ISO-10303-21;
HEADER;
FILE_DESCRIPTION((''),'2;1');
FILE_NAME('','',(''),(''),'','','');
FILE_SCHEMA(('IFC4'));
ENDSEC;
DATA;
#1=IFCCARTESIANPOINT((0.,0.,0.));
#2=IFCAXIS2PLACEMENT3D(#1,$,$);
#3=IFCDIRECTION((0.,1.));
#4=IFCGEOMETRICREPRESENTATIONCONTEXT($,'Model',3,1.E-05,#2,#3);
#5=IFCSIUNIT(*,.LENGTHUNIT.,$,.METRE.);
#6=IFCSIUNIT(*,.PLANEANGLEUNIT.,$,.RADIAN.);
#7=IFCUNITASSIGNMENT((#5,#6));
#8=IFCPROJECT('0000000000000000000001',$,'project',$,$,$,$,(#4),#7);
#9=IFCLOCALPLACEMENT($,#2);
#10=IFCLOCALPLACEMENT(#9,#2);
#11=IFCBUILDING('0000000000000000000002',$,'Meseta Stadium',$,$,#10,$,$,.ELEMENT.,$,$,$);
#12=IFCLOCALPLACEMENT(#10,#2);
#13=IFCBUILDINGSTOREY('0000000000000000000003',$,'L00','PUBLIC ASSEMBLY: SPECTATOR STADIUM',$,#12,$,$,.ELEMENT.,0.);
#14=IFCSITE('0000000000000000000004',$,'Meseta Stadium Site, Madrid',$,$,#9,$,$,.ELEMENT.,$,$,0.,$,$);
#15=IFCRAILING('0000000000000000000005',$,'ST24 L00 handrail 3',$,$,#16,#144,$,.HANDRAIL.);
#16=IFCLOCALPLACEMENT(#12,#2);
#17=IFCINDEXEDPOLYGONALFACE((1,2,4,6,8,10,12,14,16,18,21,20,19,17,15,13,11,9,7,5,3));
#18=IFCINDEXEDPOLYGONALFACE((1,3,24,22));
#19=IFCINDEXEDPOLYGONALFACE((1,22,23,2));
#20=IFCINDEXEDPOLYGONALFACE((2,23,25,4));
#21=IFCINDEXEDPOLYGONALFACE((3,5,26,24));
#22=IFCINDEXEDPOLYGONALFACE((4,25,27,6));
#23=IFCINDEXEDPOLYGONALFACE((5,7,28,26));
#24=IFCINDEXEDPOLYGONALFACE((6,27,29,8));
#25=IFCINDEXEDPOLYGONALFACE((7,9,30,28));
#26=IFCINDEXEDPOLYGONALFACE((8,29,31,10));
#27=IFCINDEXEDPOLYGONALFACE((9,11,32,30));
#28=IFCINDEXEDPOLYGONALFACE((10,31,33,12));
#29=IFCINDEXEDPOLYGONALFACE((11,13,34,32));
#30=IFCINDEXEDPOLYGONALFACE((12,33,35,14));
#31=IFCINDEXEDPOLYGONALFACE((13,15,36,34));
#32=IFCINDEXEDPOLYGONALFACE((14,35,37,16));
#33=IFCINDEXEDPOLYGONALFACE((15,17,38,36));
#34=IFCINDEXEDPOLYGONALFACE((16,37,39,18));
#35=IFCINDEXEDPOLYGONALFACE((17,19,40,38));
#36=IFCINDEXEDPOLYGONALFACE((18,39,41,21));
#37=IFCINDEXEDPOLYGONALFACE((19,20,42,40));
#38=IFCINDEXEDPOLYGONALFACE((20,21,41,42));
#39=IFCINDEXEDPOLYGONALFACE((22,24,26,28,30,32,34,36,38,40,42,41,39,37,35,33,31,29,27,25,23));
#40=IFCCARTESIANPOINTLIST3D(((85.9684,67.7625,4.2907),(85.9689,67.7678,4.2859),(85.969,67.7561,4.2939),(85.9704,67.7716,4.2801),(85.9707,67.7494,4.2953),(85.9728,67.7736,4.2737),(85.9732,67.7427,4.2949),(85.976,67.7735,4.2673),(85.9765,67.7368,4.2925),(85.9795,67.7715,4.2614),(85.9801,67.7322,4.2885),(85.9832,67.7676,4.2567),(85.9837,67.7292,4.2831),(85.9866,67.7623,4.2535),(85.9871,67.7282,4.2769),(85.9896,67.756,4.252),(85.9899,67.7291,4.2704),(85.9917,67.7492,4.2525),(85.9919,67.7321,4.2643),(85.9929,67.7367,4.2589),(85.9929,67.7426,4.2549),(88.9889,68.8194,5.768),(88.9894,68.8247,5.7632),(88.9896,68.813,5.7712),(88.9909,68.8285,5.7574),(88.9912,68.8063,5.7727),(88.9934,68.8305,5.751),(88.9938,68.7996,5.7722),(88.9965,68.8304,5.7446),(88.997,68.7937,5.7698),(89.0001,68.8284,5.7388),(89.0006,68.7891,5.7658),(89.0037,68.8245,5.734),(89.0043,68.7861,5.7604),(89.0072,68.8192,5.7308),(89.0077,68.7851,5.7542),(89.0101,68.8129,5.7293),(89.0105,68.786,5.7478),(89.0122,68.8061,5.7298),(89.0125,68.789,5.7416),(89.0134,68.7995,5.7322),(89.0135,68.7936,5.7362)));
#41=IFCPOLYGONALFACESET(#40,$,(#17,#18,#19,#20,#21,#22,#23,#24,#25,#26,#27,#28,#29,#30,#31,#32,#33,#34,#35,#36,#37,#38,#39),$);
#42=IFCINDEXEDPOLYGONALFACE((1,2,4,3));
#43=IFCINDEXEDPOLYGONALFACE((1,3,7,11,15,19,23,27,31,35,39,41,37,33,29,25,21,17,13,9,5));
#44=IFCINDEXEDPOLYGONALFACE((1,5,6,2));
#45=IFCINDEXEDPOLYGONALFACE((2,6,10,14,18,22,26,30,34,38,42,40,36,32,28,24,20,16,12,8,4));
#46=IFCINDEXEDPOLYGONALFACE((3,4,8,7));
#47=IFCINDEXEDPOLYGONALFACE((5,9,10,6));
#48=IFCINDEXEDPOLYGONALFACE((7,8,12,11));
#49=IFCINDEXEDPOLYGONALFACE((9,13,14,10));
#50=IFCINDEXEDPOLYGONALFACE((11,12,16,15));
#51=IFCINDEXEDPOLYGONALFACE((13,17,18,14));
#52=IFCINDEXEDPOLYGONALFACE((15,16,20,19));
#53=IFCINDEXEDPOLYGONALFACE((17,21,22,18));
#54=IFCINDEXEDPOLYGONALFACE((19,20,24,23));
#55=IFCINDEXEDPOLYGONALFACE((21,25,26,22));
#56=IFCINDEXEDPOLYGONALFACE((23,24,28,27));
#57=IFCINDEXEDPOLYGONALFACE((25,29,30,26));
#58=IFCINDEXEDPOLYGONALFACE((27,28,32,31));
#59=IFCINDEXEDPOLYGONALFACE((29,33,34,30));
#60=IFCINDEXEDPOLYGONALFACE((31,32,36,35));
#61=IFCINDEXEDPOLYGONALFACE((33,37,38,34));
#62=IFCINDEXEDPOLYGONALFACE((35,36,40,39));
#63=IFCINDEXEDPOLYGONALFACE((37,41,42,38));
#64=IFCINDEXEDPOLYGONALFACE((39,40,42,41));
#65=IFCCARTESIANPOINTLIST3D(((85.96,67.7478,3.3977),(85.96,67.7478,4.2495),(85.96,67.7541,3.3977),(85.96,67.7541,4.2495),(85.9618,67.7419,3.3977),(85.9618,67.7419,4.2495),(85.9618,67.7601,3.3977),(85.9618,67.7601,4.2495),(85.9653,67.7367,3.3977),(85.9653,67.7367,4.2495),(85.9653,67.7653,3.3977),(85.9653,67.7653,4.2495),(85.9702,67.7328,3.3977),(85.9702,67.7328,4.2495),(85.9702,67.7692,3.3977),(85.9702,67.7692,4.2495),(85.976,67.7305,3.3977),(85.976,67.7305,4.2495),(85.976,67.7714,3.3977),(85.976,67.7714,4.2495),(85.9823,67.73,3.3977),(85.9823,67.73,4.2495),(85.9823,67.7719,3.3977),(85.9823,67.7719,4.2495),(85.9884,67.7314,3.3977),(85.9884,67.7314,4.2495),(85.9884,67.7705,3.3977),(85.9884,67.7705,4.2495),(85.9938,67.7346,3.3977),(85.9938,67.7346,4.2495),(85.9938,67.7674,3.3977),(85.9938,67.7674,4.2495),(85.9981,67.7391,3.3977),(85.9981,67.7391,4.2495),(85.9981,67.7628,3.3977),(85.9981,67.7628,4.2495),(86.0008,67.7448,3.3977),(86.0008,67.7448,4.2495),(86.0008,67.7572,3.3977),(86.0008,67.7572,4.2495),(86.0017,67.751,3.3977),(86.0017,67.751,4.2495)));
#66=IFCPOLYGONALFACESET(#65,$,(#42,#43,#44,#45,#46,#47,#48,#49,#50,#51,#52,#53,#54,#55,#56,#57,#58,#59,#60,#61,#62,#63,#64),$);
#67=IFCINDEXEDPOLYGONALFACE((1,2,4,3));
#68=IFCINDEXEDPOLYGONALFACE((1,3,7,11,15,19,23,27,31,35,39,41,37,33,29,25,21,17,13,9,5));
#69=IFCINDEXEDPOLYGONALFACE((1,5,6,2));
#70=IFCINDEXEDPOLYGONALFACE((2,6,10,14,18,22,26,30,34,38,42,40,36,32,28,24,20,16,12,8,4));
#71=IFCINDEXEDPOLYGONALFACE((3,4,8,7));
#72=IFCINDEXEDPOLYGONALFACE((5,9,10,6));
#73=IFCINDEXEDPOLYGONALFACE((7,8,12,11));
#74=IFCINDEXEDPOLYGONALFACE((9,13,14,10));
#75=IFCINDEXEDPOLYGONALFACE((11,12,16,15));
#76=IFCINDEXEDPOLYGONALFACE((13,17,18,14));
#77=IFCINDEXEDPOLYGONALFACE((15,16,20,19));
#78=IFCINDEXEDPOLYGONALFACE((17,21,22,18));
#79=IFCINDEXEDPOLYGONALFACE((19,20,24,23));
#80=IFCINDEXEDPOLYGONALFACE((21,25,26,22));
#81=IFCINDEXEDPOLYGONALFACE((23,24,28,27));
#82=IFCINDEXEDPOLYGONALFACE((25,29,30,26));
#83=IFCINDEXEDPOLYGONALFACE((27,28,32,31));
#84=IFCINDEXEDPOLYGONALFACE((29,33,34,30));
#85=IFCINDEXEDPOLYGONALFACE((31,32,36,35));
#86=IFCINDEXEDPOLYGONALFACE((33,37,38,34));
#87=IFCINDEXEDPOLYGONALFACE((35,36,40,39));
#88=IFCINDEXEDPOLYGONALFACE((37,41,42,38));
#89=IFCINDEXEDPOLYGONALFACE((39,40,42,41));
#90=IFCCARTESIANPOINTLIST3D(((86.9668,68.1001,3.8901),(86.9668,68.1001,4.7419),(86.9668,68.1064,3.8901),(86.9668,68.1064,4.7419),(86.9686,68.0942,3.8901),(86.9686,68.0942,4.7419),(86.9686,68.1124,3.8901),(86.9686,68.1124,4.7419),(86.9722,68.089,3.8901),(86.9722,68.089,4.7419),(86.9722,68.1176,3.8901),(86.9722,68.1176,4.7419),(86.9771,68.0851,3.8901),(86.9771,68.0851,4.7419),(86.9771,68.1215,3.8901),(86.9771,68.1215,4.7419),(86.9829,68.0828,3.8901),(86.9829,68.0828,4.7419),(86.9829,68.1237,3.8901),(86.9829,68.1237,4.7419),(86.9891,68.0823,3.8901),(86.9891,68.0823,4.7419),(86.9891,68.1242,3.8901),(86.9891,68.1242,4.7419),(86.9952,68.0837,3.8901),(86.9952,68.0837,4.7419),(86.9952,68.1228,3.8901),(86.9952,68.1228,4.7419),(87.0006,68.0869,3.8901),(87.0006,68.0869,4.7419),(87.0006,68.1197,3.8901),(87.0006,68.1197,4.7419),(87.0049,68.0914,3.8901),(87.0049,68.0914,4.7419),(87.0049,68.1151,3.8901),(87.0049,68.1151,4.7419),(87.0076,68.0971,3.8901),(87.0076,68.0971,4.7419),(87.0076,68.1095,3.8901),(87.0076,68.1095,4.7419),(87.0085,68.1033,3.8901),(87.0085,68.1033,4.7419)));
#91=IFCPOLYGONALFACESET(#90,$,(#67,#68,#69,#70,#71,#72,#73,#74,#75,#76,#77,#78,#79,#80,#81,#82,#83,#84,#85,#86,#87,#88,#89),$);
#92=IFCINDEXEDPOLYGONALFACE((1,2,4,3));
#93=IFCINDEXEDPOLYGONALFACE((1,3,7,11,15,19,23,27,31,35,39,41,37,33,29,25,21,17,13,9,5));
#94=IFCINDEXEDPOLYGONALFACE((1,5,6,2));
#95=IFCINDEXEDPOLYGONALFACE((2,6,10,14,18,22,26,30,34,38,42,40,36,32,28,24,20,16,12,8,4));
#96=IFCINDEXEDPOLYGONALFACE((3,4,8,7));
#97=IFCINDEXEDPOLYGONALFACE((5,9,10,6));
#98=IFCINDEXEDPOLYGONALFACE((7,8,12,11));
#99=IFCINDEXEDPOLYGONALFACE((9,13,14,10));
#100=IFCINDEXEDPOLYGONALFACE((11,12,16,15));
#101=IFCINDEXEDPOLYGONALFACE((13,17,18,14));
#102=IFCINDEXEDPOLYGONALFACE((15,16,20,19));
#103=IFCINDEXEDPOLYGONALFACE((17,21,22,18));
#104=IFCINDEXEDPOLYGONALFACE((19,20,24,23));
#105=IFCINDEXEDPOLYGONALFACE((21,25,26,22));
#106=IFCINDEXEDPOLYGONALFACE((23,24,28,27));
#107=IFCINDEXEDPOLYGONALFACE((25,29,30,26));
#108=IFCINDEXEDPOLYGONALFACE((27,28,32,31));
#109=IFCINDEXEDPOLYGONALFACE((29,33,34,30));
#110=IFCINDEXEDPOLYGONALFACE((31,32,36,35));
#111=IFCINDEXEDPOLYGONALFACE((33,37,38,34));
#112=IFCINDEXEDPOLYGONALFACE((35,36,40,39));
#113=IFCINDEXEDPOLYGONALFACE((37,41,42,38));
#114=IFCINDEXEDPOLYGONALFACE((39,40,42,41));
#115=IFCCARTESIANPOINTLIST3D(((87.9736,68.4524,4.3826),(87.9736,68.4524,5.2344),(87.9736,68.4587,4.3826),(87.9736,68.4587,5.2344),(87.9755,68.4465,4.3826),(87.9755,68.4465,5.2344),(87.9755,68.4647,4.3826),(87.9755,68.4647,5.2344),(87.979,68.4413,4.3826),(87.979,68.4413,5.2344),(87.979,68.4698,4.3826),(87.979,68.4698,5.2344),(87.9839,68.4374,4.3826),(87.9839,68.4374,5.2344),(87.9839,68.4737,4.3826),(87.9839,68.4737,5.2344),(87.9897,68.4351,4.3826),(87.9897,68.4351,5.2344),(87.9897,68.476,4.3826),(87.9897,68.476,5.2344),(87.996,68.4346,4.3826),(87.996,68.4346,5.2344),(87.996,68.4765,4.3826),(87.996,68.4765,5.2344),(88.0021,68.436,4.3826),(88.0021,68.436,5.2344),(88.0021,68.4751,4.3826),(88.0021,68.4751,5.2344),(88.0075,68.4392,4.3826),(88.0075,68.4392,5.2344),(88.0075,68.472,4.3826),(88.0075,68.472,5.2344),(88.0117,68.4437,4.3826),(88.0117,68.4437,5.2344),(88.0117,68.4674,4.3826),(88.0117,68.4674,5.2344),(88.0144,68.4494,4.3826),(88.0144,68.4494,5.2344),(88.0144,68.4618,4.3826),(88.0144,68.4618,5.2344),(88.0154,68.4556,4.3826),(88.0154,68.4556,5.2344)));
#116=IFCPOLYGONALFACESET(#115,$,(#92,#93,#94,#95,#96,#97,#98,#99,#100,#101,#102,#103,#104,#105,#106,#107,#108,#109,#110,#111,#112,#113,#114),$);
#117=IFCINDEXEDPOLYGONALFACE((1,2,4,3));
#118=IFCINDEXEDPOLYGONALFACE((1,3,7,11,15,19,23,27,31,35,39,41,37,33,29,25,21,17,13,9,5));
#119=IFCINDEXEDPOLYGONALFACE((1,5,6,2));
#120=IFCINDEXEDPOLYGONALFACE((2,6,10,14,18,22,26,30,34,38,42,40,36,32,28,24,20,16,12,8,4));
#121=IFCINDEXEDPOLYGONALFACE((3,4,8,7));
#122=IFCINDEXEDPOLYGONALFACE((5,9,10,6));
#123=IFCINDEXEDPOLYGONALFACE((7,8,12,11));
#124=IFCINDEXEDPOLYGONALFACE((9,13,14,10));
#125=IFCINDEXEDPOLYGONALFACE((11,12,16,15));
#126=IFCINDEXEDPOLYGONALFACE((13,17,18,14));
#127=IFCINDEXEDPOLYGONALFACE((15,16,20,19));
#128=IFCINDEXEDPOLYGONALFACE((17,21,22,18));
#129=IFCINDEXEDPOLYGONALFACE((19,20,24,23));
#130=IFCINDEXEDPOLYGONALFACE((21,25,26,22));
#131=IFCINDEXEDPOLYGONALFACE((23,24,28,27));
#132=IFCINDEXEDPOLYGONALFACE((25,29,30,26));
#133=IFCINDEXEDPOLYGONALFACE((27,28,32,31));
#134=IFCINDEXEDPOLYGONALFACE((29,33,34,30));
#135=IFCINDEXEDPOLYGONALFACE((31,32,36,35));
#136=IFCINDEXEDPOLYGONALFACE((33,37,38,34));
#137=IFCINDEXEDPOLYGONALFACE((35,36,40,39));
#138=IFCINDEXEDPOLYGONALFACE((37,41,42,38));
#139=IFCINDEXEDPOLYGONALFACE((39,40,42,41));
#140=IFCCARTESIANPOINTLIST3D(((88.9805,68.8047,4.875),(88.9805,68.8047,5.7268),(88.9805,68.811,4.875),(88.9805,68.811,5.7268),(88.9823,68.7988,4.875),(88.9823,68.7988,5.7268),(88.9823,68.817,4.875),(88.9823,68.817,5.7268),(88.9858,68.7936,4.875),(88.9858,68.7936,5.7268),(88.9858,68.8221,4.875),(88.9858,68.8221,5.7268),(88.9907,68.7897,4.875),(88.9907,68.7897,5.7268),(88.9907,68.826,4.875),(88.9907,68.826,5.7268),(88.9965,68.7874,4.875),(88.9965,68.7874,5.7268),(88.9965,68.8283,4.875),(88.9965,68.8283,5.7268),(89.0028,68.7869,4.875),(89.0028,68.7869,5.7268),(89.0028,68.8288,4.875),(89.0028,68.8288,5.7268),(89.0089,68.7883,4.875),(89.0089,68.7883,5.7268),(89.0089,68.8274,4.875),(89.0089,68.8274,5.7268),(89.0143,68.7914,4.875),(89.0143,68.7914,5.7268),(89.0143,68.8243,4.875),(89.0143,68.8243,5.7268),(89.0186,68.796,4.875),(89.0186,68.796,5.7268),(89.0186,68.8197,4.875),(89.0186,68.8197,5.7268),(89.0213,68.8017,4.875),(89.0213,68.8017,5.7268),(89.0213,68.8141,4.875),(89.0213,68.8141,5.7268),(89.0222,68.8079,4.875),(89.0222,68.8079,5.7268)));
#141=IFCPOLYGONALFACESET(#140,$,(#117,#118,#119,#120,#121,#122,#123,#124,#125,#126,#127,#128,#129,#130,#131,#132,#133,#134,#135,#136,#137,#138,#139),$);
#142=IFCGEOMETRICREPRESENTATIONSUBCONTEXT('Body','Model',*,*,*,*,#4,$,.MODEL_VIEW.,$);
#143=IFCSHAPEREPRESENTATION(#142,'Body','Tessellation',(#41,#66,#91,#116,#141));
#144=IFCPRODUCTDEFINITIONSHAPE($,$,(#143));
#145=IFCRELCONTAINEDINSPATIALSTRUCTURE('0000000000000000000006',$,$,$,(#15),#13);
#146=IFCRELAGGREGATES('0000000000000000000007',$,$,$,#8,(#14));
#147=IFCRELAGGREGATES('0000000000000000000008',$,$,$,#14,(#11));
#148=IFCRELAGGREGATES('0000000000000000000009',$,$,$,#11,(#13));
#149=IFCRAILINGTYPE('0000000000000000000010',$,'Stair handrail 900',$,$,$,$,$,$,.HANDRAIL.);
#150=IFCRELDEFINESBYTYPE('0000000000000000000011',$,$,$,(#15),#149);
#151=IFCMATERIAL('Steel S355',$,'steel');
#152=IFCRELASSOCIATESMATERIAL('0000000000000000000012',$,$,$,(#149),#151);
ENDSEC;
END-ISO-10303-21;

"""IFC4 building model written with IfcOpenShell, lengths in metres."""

from ifc_helpers import new_model, si_unit, direction, frame, origin, origin_2d, place, context, subcontext, project, spatial, circle, extrude, material, type_object, element, save


model = new_model("IFC4")

# Units and contexts
model_context = context("Model", 3, precision=1e-05, world=origin(), true_north=direction((0.0, 1.0)))
body_context = subcontext(model_context, "Body", "Model", "MODEL_VIEW")
ifc_project = project(units=[si_unit("LENGTHUNIT", "METRE"), si_unit("PLANEANGLEUNIT", "RADIAN")], contexts=[model_context])

# Site, building, storey
site_placement = place(None, origin())
site = spatial("IfcSite", under=ifc_project, at=site_placement, Name="Meseta Stadium Site, Madrid", CompositionType="ELEMENT", RefElevation=0.0)
building_placement = place(site_placement, origin())
building = spatial("IfcBuilding", under=site, at=building_placement, Name="Meseta Stadium", CompositionType="ELEMENT")
storey_placement = place(building_placement, origin())
storey = spatial("IfcBuildingStorey", under=building, at=storey_placement, Name="L00", Description="PUBLIC ASSEMBLY: SPECTATOR STADIUM", CompositionType="ELEMENT", Elevation=0.0)

# Railing
ifc_material_1 = material(Name="Steel S355", Category="steel")
railing_type_1 = type_object("IfcRailingType", Name="Stair handrail 900", PredefinedType="HANDRAIL", material=ifc_material_1)
railing_1_placement = place(storey_placement, frame((85.9807, 67.751, 3.3977)))
element("IfcRailing", 1, at=railing_1_placement, inside=storey, type_object=railing_type_1, Name="ST24 L00 handrail 3", PredefinedType="HANDRAIL", context=body_context, shape_type="SweptSolid", body=[
    extrude(circle(Radius=0.0239, at=origin_2d()), frame((0.0, 0.0, 0.876), z_axis=(0.856977, 0.299859, 0.419137), x_axis=(-0.330269, 0.943887, 0.0)), (0.0, 0.0, 1.0), 3.5247),
    extrude(circle(Radius=0.021, at=origin_2d()), origin(), (0.0, 0.0, 1.0), 0.8518),
    extrude(circle(Radius=0.021, at=origin_2d()), frame((1.0068, 0.3523, 0.4924)), (0.0, 0.0, 1.0), 0.8518),
    extrude(circle(Radius=0.021, at=origin_2d()), frame((2.0137, 0.7046, 0.9849)), (0.0, 0.0, 1.0), 0.8518),
    extrude(circle(Radius=0.021, at=origin_2d()), frame((3.0205, 1.0569, 1.4773)), (0.0, 0.0, 1.0), 0.8518),
])

save(model, "model.ifc")
